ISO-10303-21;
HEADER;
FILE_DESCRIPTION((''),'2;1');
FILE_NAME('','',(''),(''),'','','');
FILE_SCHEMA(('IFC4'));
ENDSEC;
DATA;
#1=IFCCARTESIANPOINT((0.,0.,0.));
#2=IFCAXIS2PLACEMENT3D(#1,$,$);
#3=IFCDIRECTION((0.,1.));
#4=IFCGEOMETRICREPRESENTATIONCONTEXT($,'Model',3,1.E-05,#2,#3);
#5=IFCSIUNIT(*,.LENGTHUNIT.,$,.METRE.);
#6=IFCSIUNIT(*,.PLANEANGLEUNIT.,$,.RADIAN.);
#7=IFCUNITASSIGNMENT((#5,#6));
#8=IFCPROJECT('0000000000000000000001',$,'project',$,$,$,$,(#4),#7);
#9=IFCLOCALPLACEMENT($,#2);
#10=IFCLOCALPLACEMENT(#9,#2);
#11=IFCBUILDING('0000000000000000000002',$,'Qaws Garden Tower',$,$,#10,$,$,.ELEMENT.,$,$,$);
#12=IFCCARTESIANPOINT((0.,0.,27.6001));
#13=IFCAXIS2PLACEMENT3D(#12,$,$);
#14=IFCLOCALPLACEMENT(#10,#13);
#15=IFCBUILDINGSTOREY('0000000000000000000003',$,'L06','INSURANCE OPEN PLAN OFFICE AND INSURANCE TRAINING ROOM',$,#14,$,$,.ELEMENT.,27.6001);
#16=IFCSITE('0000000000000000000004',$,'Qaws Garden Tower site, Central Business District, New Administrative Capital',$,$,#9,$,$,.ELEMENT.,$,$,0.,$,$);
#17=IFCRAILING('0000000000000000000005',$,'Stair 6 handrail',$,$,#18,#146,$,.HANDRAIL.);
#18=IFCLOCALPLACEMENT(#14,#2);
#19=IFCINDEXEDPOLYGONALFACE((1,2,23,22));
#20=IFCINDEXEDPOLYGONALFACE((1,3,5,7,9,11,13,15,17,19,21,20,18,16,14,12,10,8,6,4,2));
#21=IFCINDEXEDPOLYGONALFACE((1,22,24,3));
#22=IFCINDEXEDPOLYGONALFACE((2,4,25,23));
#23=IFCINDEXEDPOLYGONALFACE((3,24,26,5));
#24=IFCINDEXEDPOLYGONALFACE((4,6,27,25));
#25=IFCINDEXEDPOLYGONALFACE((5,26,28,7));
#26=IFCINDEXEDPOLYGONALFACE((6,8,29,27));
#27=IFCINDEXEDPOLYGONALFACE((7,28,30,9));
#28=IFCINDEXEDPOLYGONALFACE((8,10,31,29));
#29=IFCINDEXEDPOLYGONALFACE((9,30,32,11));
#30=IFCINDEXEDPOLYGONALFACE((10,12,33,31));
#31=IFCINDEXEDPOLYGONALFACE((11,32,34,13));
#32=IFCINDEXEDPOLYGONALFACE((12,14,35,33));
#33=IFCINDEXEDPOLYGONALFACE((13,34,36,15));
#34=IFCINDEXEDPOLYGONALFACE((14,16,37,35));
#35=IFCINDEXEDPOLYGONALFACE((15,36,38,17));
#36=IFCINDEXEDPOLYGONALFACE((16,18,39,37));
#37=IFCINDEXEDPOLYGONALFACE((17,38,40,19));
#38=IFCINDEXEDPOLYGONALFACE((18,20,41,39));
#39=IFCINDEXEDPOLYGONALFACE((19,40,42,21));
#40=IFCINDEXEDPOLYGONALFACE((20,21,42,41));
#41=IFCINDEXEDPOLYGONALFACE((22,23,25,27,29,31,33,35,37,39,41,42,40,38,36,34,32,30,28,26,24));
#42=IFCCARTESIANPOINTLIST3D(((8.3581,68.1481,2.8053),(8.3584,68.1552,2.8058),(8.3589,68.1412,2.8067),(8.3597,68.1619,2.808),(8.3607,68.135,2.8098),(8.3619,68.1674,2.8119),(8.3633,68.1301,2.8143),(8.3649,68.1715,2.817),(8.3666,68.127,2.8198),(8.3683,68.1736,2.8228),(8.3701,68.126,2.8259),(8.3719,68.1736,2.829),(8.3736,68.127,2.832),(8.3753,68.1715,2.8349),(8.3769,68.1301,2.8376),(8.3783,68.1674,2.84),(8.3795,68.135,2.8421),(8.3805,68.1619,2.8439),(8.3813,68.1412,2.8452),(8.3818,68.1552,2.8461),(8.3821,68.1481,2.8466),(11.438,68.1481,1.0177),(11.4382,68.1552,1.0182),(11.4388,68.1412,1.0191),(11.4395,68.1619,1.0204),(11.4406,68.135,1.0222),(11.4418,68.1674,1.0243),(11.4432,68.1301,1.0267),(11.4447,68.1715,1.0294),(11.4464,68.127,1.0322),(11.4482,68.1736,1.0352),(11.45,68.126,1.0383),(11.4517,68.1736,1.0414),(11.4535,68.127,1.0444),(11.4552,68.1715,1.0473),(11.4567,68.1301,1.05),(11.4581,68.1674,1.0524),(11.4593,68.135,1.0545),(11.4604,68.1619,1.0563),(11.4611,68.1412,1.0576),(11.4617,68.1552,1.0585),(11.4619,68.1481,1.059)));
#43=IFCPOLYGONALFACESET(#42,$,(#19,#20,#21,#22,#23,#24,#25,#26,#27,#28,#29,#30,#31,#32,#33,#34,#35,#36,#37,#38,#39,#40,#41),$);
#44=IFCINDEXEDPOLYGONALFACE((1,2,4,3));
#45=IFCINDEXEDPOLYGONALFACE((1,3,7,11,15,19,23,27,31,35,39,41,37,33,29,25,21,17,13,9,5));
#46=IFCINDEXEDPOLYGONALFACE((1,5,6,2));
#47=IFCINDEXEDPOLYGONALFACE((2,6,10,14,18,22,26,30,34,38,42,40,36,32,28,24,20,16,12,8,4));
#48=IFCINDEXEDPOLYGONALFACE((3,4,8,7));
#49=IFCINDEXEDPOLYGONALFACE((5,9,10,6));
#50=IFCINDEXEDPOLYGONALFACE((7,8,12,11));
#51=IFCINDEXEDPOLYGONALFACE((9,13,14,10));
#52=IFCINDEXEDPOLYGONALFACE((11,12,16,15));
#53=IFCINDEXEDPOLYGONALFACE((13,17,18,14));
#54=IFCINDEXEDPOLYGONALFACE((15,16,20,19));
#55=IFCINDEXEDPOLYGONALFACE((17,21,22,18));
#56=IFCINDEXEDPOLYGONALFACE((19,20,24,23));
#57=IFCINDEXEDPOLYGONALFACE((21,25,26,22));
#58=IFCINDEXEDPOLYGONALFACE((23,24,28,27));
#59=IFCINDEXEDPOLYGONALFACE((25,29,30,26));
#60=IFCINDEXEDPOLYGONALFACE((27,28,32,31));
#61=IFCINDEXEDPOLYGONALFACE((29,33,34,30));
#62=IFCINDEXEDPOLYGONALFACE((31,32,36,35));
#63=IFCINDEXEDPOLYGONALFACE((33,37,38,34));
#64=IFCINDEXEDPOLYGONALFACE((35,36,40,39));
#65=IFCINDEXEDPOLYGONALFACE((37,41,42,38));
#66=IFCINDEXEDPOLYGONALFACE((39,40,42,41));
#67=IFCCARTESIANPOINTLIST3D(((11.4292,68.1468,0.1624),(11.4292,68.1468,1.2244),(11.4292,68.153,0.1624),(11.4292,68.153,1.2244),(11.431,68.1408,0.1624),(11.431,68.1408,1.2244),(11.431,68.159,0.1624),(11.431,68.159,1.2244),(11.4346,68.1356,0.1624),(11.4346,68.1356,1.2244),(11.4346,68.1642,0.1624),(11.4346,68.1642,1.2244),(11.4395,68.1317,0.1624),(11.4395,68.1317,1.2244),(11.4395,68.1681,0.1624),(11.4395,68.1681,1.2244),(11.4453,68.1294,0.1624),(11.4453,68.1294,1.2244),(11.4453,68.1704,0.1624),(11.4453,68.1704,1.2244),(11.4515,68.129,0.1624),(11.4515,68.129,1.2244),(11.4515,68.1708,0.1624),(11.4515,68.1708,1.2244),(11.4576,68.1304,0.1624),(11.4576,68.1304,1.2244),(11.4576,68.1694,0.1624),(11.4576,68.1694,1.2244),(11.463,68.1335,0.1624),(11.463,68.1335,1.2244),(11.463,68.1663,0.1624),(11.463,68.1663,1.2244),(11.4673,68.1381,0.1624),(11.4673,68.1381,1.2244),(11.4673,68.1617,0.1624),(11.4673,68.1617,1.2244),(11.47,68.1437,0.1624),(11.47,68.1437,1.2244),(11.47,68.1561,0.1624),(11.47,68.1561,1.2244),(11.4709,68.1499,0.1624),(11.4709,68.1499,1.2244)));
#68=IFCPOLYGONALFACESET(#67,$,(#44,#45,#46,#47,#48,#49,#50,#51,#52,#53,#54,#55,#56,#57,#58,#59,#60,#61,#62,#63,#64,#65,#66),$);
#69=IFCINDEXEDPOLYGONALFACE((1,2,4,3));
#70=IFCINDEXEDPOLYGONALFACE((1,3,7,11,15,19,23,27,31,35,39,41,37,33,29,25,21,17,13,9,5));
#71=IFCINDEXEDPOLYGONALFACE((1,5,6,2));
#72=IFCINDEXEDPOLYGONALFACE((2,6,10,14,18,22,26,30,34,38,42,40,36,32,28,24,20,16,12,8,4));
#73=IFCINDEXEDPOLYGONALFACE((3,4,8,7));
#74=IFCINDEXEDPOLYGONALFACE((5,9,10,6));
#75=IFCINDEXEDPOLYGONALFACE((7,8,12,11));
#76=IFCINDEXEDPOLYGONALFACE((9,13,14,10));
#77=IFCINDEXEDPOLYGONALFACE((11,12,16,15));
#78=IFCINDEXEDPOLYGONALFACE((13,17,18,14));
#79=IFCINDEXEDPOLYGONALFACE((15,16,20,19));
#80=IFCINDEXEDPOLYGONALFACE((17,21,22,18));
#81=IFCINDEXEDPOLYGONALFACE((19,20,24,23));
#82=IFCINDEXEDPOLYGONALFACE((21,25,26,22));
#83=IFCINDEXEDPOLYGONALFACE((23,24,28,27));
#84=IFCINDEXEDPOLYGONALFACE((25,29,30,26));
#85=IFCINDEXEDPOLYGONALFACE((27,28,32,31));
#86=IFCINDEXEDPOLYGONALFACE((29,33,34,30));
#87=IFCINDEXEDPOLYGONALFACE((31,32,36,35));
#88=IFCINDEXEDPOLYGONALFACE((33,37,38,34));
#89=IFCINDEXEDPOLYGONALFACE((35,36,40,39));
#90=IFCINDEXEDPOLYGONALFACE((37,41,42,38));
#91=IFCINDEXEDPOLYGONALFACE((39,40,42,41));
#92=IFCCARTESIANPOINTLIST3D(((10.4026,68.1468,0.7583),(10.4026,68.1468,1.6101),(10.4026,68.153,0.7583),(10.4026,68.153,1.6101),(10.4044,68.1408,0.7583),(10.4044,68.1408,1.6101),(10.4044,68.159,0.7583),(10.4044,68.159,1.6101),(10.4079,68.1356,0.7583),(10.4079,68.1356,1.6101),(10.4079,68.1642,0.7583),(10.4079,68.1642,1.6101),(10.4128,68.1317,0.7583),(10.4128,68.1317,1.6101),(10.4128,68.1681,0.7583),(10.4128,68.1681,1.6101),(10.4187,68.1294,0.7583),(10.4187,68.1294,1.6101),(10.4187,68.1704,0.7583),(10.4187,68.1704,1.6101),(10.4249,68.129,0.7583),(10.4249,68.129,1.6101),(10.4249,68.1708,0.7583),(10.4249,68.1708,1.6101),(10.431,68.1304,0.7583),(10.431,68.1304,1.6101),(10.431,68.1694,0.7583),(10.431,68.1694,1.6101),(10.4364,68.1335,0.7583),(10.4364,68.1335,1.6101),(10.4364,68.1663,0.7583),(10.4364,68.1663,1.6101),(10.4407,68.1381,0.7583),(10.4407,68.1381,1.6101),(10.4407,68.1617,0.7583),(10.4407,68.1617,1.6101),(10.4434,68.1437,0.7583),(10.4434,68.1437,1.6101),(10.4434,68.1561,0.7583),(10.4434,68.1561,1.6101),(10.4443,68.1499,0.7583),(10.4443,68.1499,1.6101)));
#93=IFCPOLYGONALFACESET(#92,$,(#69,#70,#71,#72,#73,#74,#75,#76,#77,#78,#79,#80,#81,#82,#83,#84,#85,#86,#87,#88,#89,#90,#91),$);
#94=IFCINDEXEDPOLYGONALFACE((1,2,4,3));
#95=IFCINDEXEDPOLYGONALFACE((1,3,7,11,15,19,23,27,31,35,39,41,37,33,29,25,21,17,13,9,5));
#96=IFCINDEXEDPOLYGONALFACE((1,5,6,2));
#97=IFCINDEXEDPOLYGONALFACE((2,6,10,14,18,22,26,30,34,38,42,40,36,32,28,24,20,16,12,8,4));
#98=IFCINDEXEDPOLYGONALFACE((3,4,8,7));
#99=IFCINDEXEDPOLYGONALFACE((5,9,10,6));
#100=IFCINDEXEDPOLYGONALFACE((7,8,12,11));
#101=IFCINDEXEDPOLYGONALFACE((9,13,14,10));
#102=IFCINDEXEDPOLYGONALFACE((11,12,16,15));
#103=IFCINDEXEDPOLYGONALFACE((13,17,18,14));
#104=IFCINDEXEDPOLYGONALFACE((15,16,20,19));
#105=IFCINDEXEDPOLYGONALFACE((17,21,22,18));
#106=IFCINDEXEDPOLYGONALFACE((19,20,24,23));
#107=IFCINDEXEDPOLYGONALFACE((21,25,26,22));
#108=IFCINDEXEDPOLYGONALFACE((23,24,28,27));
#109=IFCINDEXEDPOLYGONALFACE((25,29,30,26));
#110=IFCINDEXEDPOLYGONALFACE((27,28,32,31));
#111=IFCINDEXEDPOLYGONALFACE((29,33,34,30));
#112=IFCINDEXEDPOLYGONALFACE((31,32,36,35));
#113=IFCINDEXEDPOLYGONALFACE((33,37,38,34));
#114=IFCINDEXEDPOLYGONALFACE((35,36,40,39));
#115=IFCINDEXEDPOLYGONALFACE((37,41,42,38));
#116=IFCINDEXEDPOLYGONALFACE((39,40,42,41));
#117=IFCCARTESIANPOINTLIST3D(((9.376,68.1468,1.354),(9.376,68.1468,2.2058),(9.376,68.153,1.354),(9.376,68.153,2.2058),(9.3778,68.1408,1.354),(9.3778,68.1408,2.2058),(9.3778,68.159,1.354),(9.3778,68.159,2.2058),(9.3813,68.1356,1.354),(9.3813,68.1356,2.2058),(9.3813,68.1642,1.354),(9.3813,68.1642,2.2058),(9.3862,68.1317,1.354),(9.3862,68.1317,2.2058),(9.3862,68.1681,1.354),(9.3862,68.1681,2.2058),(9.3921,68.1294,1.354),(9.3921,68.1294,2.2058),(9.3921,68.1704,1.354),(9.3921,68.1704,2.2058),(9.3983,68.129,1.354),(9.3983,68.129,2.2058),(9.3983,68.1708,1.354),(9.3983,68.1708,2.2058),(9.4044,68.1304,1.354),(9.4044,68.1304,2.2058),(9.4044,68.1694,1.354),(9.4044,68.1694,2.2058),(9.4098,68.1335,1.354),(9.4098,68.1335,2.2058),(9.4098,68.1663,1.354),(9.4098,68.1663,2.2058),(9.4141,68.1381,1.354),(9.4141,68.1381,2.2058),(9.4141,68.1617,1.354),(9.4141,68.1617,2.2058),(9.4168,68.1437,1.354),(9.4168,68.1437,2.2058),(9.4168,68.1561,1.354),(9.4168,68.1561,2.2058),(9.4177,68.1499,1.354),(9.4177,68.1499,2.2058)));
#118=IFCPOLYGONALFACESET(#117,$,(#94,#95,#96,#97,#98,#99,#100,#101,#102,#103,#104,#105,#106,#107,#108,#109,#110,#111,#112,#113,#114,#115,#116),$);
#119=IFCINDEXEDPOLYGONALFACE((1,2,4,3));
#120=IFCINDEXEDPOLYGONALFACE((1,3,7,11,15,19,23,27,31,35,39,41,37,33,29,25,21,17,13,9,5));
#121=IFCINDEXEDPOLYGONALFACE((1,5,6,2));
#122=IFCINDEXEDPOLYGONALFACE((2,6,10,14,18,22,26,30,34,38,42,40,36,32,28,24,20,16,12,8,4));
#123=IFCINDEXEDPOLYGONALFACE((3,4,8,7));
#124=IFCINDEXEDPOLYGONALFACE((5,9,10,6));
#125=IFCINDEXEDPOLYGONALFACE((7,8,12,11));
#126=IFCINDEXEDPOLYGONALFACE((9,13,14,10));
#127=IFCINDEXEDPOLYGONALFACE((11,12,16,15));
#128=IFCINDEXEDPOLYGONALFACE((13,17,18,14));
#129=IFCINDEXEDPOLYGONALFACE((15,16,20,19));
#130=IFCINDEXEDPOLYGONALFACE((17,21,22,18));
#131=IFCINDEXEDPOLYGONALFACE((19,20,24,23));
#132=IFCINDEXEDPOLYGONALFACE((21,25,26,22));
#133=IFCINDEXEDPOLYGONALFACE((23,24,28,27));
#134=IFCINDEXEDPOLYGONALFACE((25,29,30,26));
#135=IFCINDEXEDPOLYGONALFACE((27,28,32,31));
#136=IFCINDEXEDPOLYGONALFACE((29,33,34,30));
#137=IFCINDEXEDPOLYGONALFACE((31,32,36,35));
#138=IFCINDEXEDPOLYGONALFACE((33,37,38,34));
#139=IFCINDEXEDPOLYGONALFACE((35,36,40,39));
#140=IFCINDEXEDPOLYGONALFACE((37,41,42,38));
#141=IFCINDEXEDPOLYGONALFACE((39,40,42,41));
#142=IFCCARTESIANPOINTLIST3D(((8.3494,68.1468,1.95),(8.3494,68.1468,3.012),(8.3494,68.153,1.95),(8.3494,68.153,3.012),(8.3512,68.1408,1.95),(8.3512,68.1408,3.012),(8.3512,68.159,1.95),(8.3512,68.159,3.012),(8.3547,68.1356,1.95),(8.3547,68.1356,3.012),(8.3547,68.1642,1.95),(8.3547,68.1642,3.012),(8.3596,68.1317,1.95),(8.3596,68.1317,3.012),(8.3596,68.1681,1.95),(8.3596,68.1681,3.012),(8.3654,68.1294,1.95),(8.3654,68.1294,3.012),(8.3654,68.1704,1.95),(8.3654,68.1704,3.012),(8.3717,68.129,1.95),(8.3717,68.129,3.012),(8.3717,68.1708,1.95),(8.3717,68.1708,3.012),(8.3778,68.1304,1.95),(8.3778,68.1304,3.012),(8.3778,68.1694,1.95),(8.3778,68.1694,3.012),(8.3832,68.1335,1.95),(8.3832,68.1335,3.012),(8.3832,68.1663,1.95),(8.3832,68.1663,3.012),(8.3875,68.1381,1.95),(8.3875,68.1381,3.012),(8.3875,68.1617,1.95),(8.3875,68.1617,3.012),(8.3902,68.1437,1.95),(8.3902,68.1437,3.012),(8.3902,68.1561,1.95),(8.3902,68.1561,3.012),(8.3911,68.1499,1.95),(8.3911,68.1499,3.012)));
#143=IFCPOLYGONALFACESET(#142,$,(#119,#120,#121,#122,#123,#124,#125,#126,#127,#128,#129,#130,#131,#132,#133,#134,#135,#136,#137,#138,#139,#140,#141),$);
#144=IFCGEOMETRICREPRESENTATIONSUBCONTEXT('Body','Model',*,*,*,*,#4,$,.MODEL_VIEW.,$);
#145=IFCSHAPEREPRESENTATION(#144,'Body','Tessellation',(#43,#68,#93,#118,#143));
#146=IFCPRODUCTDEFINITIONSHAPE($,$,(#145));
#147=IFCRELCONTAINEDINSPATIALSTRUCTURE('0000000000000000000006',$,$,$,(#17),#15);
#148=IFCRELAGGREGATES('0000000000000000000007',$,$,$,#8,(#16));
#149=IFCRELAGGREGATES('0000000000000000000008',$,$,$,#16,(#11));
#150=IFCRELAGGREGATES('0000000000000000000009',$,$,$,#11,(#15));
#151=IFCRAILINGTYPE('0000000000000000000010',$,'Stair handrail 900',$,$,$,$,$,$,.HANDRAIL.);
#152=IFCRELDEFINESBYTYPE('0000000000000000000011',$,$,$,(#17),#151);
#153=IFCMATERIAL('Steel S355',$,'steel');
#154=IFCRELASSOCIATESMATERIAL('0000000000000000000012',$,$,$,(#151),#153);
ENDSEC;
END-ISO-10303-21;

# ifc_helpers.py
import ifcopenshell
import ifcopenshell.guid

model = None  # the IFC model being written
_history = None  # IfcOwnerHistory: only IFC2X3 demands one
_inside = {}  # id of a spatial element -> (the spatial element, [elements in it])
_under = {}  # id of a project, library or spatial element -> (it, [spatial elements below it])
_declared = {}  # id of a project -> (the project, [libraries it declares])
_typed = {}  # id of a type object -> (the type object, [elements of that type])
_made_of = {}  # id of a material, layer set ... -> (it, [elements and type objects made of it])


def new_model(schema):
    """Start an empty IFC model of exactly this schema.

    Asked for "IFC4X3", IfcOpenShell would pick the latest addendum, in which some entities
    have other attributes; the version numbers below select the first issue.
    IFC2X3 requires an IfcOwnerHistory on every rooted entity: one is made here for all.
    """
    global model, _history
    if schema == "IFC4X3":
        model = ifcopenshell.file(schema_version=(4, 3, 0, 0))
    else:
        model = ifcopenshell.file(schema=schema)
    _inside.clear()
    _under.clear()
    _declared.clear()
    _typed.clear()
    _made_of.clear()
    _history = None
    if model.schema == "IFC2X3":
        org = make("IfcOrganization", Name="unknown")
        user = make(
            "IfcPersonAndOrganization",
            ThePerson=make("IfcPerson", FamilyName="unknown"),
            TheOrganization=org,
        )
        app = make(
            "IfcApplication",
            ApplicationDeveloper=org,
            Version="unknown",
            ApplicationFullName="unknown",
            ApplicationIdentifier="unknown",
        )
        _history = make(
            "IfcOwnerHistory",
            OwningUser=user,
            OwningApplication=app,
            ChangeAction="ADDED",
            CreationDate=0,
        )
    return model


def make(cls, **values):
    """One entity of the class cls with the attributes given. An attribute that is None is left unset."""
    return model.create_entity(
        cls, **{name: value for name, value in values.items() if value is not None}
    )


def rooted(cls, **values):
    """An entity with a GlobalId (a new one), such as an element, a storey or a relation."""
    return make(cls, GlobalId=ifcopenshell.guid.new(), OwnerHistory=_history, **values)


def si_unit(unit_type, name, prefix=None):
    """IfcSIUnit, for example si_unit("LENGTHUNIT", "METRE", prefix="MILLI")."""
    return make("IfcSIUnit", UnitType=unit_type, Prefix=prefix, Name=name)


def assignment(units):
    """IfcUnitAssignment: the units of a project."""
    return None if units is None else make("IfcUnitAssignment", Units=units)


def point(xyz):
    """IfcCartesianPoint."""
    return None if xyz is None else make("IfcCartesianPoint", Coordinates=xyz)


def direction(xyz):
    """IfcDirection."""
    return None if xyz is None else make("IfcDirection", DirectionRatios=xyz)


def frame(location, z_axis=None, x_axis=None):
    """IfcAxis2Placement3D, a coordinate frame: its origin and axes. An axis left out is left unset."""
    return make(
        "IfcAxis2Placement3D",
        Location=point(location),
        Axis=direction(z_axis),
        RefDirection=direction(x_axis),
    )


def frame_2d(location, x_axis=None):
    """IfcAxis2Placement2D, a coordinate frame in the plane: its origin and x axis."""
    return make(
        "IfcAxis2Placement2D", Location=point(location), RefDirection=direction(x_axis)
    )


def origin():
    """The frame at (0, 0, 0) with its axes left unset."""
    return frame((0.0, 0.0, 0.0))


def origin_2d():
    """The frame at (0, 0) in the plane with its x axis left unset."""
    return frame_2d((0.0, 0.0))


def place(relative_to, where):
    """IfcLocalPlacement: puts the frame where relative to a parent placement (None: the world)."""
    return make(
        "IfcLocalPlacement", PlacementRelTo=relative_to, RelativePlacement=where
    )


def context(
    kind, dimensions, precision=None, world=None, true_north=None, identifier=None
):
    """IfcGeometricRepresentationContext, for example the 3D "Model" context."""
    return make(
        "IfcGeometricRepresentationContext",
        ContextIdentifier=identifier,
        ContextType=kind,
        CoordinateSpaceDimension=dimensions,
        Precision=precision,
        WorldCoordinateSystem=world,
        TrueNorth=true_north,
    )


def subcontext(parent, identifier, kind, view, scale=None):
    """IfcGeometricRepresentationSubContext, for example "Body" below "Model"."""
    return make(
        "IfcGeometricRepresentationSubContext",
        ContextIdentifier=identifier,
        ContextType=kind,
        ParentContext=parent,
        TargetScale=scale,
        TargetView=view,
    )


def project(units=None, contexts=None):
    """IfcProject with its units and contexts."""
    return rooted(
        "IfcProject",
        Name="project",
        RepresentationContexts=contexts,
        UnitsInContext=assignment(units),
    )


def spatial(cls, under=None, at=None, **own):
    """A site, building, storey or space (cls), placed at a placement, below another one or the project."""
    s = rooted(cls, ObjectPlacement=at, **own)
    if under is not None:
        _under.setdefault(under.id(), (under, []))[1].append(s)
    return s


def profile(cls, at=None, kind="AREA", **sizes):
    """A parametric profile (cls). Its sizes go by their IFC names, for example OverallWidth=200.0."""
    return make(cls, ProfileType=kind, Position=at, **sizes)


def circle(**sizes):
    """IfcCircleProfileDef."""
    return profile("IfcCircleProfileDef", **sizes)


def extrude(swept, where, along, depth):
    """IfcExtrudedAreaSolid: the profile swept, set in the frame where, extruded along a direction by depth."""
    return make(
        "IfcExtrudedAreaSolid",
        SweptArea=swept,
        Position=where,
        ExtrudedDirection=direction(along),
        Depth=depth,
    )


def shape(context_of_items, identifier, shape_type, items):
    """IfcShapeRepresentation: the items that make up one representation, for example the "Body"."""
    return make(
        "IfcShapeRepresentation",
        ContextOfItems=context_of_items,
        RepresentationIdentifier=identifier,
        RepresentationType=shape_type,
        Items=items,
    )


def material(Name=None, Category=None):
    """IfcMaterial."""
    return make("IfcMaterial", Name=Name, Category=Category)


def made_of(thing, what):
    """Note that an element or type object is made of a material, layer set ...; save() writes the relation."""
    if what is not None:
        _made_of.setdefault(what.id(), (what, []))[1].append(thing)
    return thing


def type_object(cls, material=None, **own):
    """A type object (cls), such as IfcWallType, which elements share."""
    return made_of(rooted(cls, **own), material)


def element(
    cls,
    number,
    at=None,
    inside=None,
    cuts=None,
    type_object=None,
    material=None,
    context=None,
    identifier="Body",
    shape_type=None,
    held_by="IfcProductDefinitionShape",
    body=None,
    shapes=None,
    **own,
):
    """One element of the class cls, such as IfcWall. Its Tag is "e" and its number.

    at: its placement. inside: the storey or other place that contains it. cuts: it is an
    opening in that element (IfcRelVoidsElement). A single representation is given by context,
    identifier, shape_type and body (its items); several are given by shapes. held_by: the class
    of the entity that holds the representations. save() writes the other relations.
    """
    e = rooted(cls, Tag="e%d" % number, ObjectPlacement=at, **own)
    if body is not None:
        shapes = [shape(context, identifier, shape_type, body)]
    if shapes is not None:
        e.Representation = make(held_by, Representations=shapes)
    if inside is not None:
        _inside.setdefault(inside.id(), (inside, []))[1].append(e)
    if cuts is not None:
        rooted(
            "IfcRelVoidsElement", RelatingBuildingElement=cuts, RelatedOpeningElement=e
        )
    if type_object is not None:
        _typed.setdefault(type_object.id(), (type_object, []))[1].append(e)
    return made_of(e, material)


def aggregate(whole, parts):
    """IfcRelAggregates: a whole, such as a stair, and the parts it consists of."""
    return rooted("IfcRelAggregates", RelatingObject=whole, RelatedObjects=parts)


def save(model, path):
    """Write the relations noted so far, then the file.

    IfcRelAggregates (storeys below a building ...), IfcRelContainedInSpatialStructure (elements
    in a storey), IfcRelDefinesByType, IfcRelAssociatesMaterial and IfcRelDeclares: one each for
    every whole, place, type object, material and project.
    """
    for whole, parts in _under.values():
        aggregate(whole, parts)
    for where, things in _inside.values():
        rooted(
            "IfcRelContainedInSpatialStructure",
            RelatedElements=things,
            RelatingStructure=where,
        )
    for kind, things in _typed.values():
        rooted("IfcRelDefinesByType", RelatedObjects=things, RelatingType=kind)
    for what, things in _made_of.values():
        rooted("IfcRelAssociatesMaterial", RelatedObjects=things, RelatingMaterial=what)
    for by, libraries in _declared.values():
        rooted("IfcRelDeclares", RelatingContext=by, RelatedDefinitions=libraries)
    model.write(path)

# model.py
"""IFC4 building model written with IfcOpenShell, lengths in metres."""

from ifc_helpers import new_model, si_unit, direction, frame, origin, origin_2d, place, context, subcontext, project, spatial, circle, extrude, material, type_object, element, save


model = new_model("IFC4")

# Units and contexts
model_context = context("Model", 3, precision=1e-05, world=origin(), true_north=direction((0.0, 1.0)))
body_context = subcontext(model_context, "Body", "Model", "MODEL_VIEW")
ifc_project = project(units=[si_unit("LENGTHUNIT", "METRE"), si_unit("PLANEANGLEUNIT", "RADIAN")], contexts=[model_context])

# Site, building, storey
site_placement = place(None, origin())
site = spatial("IfcSite", under=ifc_project, at=site_placement, Name="Qaws Garden Tower site, Central Business District, New Administrative Capital", CompositionType="ELEMENT", RefElevation=0.0)
building_placement = place(site_placement, origin())
building = spatial("IfcBuilding", under=site, at=building_placement, Name="Qaws Garden Tower", CompositionType="ELEMENT")
storey_placement = place(building_placement, frame((0.0, 0.0, 27.6001)))
storey = spatial("IfcBuildingStorey", under=building, at=storey_placement, Name="L06", Description="INSURANCE OPEN PLAN OFFICE AND INSURANCE TRAINING ROOM", CompositionType="ELEMENT", Elevation=27.6001)

# Railing
ifc_material_1 = material(Name="Steel S355", Category="steel")
railing_type = type_object("IfcRailingType", Name="Stair handrail 900", PredefinedType="HANDRAIL", material=ifc_material_1)
railing_1_placement = place(storey_placement, frame((11.45, 68.1499, 0.1624)))
element("IfcRailing", 1, at=railing_1_placement, inside=storey, type_object=railing_type, Name="Stair 6 handrail", PredefinedType="HANDRAIL", context=body_context, shape_type="SweptSolid", body=[
    extrude(circle(Radius=0.0239, at=origin_2d()), frame((0.0, 0.0, 0.876), z_axis=(-0.864873, 0.0, 0.50199), x_axis=(0.0, -1.0, 0.0)), (0.0, 0.0, 1.0), 3.561),
    extrude(circle(Radius=0.021, at=origin_2d()), origin(), (0.0, 0.0, 1.0), 1.062),
    extrude(circle(Radius=0.021, at=origin_2d()), frame((-1.0266, 0.0, 0.5959)), (0.0, 0.0, 1.0), 0.8518),
    extrude(circle(Radius=0.021, at=origin_2d()), frame((-2.0532, 0.0, 1.1917)), (0.0, 0.0, 1.0), 0.8518),
    extrude(circle(Radius=0.021, at=origin_2d()), frame((-3.0798, 0.0, 1.7876)), (0.0, 0.0, 1.0), 1.062),
])

save(model, "model.ifc")
